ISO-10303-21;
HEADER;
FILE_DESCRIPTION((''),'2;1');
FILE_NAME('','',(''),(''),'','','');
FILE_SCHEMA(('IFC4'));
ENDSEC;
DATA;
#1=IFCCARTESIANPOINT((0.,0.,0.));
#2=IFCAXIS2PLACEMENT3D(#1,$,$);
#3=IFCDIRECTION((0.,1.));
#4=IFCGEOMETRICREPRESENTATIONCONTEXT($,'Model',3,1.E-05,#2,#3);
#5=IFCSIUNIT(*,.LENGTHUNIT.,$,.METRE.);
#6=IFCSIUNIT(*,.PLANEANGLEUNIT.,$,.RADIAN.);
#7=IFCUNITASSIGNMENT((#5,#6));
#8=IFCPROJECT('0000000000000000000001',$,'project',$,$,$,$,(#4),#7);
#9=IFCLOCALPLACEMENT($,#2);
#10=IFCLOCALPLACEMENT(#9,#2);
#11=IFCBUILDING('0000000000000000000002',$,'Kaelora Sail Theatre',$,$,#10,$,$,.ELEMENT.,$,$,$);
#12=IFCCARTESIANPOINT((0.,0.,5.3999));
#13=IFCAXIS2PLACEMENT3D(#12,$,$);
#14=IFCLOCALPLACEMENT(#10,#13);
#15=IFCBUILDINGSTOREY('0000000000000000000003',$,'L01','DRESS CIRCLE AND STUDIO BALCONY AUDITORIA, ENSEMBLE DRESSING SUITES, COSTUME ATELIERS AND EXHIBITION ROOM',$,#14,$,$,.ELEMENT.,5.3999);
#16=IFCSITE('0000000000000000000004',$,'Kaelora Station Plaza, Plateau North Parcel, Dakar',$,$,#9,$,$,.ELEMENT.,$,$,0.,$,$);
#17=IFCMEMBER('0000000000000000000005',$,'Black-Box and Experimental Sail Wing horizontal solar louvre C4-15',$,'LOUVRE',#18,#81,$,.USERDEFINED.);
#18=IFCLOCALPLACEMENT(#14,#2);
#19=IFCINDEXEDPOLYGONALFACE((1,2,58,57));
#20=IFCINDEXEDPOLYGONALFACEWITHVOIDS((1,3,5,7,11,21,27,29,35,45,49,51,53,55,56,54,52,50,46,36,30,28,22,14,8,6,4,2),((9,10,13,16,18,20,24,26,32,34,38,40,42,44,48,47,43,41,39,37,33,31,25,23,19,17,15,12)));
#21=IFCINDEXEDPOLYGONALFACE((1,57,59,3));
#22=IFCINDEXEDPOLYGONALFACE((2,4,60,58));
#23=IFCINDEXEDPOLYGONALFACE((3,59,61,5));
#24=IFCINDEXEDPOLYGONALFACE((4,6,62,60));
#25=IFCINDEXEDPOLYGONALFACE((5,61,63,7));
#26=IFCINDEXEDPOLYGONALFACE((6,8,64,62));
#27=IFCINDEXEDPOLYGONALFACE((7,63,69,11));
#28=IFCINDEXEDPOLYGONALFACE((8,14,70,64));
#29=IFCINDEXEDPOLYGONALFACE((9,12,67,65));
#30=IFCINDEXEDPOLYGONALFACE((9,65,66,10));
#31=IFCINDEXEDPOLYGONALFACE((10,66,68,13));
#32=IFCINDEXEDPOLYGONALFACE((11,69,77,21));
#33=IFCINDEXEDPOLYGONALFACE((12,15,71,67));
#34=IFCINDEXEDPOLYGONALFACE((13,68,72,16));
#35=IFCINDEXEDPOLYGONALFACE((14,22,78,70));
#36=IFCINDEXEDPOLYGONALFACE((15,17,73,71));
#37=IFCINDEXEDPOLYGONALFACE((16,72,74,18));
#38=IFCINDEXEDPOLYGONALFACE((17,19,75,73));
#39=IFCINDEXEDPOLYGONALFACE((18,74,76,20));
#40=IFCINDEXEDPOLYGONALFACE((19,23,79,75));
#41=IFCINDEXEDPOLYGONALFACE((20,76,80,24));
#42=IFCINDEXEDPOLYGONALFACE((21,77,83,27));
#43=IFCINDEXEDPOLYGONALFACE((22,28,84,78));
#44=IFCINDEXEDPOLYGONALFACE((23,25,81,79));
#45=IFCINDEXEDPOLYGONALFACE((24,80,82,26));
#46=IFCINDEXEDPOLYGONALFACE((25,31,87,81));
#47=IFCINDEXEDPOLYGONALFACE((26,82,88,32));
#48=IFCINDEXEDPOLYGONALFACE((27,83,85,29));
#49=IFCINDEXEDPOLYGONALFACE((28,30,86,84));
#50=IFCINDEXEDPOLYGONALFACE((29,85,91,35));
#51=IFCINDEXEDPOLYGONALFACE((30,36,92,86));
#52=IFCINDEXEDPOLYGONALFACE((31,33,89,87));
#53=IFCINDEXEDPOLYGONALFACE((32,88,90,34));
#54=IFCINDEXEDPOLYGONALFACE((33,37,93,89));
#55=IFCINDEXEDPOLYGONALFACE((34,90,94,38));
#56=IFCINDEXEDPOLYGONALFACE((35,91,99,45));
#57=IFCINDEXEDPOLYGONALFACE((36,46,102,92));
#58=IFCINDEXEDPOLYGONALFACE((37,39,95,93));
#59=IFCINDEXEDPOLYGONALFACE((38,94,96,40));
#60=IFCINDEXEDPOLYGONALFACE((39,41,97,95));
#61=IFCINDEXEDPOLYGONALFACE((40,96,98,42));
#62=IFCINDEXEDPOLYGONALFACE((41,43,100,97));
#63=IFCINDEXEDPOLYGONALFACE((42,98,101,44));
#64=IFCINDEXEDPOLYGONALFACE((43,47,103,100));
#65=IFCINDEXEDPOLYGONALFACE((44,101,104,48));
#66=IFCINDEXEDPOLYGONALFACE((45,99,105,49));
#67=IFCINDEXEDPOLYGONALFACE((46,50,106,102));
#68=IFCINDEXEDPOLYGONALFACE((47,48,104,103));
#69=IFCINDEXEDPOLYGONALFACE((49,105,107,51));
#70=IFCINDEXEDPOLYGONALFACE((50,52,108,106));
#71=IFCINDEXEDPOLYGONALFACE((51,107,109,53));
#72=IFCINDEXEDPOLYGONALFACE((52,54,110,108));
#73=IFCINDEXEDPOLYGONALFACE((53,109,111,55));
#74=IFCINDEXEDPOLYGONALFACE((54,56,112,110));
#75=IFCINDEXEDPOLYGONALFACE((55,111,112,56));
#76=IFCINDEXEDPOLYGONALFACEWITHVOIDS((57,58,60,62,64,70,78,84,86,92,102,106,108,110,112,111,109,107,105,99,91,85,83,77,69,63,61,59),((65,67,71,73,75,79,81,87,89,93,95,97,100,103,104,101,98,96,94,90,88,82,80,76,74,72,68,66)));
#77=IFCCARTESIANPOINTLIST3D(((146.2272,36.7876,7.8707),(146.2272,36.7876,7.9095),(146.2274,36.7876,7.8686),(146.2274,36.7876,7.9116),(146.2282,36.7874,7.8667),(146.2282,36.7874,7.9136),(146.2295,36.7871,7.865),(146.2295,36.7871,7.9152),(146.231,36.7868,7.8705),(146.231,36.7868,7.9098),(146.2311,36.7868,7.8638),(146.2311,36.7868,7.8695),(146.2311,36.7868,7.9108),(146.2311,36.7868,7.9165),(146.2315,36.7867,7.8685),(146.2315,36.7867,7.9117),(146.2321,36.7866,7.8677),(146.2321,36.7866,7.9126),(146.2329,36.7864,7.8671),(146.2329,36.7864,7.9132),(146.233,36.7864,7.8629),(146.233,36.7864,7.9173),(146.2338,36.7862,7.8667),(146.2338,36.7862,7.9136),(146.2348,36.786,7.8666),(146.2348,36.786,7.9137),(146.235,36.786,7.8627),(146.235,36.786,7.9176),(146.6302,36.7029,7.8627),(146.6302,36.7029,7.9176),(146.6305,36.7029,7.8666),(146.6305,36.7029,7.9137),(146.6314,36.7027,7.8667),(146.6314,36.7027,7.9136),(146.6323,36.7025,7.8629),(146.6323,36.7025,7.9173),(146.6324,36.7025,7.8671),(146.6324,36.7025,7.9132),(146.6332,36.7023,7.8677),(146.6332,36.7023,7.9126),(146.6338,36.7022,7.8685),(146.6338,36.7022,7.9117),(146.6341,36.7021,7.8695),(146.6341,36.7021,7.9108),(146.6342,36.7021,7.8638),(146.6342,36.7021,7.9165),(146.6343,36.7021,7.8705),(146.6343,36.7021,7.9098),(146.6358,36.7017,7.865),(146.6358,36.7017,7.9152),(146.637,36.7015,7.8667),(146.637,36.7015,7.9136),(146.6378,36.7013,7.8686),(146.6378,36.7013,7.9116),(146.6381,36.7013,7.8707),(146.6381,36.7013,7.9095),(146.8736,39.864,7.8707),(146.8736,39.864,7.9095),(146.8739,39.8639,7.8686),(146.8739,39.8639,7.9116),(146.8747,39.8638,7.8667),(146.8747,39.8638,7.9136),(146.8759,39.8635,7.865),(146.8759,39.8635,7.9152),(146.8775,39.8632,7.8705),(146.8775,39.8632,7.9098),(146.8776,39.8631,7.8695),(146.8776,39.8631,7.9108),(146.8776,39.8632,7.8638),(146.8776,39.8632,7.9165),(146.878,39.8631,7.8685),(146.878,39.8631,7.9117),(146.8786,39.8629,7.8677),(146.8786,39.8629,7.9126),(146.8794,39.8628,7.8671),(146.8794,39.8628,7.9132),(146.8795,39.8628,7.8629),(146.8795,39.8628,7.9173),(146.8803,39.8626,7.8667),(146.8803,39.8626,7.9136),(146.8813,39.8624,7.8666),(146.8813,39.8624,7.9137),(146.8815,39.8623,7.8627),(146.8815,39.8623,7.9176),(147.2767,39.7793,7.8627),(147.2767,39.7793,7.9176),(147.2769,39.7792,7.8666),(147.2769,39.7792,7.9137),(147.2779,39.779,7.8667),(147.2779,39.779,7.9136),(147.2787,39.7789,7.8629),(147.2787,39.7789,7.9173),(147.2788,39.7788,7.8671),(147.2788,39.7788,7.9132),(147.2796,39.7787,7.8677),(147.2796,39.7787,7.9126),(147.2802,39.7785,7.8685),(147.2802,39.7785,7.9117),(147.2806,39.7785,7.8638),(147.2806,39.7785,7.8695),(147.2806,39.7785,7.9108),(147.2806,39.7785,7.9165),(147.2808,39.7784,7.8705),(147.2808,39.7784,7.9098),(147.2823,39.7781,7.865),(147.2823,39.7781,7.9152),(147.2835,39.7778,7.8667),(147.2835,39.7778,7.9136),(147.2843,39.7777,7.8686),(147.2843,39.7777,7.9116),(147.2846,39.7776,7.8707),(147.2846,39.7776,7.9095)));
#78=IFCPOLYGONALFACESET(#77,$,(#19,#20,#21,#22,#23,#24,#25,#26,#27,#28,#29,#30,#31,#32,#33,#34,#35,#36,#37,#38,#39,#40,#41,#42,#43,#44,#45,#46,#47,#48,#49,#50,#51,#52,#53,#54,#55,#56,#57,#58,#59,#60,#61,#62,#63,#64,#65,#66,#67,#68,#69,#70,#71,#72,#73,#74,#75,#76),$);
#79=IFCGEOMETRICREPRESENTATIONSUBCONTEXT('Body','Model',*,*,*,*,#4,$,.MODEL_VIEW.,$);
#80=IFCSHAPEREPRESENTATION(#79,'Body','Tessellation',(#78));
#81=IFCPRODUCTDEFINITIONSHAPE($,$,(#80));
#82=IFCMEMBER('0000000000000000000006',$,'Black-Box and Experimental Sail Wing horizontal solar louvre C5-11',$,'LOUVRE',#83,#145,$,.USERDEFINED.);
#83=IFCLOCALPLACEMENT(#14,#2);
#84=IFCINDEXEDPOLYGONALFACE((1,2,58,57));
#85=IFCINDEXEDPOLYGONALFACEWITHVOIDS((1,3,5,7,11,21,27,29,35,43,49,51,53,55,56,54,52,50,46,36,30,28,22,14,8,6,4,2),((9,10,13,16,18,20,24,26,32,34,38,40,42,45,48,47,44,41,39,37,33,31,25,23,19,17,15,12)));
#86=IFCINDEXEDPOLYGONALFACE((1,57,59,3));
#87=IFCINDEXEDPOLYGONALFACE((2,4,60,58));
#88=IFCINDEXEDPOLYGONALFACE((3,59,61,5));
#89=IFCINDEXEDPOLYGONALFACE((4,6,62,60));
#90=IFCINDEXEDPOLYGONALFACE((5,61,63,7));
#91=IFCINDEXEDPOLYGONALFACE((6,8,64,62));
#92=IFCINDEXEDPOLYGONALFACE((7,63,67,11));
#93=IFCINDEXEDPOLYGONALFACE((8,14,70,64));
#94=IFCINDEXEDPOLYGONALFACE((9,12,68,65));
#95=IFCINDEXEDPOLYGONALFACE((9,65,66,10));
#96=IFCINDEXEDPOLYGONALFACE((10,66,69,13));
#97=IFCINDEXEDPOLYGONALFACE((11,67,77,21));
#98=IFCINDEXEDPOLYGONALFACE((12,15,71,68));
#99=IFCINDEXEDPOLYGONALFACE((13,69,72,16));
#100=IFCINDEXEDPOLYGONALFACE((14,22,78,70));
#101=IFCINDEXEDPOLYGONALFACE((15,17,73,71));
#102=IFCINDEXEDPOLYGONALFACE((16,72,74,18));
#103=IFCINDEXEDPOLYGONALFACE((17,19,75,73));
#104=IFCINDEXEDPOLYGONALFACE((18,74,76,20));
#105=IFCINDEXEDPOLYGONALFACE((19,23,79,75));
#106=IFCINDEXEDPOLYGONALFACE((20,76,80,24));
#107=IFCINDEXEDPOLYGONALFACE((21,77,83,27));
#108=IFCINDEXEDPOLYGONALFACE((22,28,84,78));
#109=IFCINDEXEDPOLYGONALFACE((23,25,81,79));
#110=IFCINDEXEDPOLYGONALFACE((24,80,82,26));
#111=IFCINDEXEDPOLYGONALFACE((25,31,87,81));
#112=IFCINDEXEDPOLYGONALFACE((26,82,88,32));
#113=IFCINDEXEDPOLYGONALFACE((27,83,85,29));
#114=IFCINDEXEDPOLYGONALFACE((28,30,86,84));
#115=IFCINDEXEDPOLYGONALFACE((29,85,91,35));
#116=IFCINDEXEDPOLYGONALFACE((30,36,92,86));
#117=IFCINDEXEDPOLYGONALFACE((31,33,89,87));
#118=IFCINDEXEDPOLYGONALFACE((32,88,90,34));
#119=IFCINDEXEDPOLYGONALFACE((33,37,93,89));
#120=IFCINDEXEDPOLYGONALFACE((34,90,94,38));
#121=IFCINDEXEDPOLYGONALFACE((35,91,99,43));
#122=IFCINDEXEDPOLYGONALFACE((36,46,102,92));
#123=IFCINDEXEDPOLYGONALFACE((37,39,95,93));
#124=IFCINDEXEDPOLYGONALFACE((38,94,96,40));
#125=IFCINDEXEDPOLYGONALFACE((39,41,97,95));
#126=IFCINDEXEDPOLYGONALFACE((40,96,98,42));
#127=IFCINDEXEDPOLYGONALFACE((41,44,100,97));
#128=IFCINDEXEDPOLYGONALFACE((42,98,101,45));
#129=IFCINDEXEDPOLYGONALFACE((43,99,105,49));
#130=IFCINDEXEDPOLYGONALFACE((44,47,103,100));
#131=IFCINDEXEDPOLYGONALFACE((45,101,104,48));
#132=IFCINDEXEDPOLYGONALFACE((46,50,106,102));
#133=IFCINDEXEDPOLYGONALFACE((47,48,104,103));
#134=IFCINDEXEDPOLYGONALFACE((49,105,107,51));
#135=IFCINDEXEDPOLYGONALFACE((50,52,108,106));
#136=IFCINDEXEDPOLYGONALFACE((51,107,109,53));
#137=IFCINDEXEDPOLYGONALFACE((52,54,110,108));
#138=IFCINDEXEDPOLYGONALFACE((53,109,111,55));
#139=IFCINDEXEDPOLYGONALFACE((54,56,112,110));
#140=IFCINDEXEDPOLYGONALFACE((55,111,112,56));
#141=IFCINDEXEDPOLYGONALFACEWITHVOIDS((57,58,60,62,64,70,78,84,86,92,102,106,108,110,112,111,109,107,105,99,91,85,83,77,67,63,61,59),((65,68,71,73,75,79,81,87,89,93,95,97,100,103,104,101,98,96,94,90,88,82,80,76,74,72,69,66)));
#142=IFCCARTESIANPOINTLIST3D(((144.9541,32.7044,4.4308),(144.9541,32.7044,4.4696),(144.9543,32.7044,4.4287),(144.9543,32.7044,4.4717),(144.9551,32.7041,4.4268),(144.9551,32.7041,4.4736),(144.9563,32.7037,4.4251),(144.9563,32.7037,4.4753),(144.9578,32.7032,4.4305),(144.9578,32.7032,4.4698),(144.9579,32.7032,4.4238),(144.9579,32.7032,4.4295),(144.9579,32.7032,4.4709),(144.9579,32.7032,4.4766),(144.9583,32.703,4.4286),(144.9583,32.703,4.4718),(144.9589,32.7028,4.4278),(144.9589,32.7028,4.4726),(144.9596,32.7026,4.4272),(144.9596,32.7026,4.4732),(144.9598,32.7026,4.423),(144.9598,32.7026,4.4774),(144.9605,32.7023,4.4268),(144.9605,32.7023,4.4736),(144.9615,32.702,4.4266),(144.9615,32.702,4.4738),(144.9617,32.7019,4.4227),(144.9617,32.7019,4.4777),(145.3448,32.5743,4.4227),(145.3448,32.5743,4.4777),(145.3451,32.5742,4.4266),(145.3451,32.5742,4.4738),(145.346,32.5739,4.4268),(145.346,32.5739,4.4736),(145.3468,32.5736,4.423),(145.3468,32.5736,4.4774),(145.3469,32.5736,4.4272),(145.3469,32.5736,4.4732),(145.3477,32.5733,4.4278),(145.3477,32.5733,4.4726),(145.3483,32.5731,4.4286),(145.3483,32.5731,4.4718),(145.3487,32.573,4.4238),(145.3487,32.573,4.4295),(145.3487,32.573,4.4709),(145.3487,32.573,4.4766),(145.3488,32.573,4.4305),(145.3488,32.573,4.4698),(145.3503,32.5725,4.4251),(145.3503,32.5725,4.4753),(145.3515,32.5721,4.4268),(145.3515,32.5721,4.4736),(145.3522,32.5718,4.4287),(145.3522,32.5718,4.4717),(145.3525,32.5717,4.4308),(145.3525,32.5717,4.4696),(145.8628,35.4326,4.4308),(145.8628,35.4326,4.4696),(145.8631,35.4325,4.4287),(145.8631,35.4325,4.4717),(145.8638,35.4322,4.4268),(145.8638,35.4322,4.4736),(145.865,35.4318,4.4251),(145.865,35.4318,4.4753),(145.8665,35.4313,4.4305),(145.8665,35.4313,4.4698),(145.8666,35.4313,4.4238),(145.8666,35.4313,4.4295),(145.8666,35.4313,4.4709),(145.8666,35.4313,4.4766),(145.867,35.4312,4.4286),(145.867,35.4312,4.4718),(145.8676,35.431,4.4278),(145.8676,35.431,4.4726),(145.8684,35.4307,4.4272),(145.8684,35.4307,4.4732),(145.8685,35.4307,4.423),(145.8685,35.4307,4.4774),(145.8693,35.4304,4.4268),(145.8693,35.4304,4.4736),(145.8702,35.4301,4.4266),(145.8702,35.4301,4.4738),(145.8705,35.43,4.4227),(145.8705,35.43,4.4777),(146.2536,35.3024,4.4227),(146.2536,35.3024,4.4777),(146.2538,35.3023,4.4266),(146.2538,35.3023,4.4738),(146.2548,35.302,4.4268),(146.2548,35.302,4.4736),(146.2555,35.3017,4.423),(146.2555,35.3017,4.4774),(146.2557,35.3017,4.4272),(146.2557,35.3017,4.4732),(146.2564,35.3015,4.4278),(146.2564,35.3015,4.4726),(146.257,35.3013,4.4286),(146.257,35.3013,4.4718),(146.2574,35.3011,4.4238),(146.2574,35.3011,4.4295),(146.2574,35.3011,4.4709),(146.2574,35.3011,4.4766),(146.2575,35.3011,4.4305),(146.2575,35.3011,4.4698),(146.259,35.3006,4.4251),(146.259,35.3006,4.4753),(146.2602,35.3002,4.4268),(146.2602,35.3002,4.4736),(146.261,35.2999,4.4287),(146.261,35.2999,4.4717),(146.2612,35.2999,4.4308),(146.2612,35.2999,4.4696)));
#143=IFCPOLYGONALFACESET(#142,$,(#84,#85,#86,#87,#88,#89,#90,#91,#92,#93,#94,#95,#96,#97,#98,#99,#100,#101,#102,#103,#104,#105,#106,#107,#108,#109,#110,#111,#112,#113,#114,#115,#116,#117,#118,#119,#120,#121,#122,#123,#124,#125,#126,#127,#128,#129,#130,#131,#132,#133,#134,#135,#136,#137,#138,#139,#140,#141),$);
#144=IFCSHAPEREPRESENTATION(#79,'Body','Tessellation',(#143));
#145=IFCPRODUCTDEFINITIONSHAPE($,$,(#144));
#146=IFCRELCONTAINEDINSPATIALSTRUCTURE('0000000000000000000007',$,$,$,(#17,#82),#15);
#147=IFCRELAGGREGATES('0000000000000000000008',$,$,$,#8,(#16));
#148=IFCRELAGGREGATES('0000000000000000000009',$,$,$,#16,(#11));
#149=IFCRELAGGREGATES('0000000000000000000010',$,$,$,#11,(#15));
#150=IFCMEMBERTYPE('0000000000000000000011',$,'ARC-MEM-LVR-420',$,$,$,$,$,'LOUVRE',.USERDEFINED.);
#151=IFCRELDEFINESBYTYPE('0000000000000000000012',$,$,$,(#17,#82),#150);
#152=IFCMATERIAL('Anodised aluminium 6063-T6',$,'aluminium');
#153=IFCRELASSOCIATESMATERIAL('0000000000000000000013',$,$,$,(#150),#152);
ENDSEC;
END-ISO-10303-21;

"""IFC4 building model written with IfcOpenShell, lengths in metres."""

from ifc_helpers import new_model, si_unit, direction, frame, origin, origin_2d, place, context, subcontext, project, spatial, hollow_rectangle, extrude, material, material_profile, profile_set, type_object, element, save


model = new_model("IFC4")

# Units and contexts
model_context = context("Model", 3, precision=1e-05, world=origin(), true_north=direction((0.0, 1.0)))
body_context = subcontext(model_context, "Body", "Model", "MODEL_VIEW")
ifc_project = project(units=[si_unit("LENGTHUNIT", "METRE"), si_unit("PLANEANGLEUNIT", "RADIAN")], contexts=[model_context])

# Site, building, storey
site_placement = place(None, origin())
site = spatial("IfcSite", under=ifc_project, at=site_placement, Name="Kaelora Station Plaza, Plateau North Parcel, Dakar", CompositionType="ELEMENT", RefElevation=0.0)
building_placement = place(site_placement, origin())
building = spatial("IfcBuilding", under=site, at=building_placement, Name="Kaelora Sail Theatre", CompositionType="ELEMENT")
storey_placement = place(building_placement, frame((0.0, 0.0, 5.3999)))
storey = spatial("IfcBuildingStorey", under=building, at=storey_placement, Name="L01", Description="DRESS CIRCLE AND STUDIO BALCONY AUDITORIA, ENSEMBLE DRESSING SUITES, COSTUME ATELIERS AND EXHIBITION ROOM", CompositionType="ELEMENT", Elevation=5.3999)

# Members
ifc_material_1 = material(Name="Anodised aluminium 6063-T6", Category="aluminium")
ifc_material_profile_1 = material_profile(ifc_material_1, hollow_rectangle(XDim=0.4199, YDim=0.0549, WallThickness=0.0039, InnerFilletRadius=0.0039, OuterFilletRadius=0.0081, at=origin_2d()), Name="LOUVRE 420x55x4")
ifc_profile_set_1 = profile_set([ifc_material_profile_1], Name="Anodised aluminium 6063-T6")
member_type = type_object("IfcMemberType", Name="ARC-MEM-LVR-420", ElementType="LOUVRE", PredefinedType="USERDEFINED", material=ifc_profile_set_1)
for number, where, z_axis, x_axis, name in (
    (1, (147.0791, 39.8208, 7.8901), (-0.20565, -0.978626, 0.0), (0.978626, -0.20565, 0.0), "Black-Box and Experimental Sail Wing horizontal solar louvre C4-15"),
):
    element("IfcMember", number, at=place(storey_placement, frame(where, z_axis=z_axis, x_axis=x_axis)), inside=storey, type_object=member_type, Name=name, ObjectType="LOUVRE", PredefinedType="USERDEFINED", context=body_context, shape_type="SweptSolid", body=[
        extrude(hollow_rectangle(XDim=0.4199, YDim=0.0549, WallThickness=0.0039, InnerFilletRadius=0.0039, OuterFilletRadius=0.0081, at=origin_2d()), origin(), (0.0, 0.0, 1.0), 3.1436),
    ])
for number, where, z_axis, x_axis, name in (
    (2, (146.062, 35.3662, 4.4502), (-0.316024, -0.948751, 0.0), (0.948751, -0.316024, 0.0), "Black-Box and Experimental Sail Wing horizontal solar louvre C5-11"),
):
    element("IfcMember", number, at=place(storey_placement, frame(where, z_axis=z_axis, x_axis=x_axis)), inside=storey, type_object=member_type, Name=name, ObjectType="LOUVRE", PredefinedType="USERDEFINED", context=body_context, shape_type="SweptSolid", body=[
        extrude(hollow_rectangle(XDim=0.4199, YDim=0.0549, WallThickness=0.0039, InnerFilletRadius=0.0039, OuterFilletRadius=0.0081, at=origin_2d()), origin(), (0.0, 0.0, 1.0), 2.8755),
    ])

save(model, "model.ifc")
